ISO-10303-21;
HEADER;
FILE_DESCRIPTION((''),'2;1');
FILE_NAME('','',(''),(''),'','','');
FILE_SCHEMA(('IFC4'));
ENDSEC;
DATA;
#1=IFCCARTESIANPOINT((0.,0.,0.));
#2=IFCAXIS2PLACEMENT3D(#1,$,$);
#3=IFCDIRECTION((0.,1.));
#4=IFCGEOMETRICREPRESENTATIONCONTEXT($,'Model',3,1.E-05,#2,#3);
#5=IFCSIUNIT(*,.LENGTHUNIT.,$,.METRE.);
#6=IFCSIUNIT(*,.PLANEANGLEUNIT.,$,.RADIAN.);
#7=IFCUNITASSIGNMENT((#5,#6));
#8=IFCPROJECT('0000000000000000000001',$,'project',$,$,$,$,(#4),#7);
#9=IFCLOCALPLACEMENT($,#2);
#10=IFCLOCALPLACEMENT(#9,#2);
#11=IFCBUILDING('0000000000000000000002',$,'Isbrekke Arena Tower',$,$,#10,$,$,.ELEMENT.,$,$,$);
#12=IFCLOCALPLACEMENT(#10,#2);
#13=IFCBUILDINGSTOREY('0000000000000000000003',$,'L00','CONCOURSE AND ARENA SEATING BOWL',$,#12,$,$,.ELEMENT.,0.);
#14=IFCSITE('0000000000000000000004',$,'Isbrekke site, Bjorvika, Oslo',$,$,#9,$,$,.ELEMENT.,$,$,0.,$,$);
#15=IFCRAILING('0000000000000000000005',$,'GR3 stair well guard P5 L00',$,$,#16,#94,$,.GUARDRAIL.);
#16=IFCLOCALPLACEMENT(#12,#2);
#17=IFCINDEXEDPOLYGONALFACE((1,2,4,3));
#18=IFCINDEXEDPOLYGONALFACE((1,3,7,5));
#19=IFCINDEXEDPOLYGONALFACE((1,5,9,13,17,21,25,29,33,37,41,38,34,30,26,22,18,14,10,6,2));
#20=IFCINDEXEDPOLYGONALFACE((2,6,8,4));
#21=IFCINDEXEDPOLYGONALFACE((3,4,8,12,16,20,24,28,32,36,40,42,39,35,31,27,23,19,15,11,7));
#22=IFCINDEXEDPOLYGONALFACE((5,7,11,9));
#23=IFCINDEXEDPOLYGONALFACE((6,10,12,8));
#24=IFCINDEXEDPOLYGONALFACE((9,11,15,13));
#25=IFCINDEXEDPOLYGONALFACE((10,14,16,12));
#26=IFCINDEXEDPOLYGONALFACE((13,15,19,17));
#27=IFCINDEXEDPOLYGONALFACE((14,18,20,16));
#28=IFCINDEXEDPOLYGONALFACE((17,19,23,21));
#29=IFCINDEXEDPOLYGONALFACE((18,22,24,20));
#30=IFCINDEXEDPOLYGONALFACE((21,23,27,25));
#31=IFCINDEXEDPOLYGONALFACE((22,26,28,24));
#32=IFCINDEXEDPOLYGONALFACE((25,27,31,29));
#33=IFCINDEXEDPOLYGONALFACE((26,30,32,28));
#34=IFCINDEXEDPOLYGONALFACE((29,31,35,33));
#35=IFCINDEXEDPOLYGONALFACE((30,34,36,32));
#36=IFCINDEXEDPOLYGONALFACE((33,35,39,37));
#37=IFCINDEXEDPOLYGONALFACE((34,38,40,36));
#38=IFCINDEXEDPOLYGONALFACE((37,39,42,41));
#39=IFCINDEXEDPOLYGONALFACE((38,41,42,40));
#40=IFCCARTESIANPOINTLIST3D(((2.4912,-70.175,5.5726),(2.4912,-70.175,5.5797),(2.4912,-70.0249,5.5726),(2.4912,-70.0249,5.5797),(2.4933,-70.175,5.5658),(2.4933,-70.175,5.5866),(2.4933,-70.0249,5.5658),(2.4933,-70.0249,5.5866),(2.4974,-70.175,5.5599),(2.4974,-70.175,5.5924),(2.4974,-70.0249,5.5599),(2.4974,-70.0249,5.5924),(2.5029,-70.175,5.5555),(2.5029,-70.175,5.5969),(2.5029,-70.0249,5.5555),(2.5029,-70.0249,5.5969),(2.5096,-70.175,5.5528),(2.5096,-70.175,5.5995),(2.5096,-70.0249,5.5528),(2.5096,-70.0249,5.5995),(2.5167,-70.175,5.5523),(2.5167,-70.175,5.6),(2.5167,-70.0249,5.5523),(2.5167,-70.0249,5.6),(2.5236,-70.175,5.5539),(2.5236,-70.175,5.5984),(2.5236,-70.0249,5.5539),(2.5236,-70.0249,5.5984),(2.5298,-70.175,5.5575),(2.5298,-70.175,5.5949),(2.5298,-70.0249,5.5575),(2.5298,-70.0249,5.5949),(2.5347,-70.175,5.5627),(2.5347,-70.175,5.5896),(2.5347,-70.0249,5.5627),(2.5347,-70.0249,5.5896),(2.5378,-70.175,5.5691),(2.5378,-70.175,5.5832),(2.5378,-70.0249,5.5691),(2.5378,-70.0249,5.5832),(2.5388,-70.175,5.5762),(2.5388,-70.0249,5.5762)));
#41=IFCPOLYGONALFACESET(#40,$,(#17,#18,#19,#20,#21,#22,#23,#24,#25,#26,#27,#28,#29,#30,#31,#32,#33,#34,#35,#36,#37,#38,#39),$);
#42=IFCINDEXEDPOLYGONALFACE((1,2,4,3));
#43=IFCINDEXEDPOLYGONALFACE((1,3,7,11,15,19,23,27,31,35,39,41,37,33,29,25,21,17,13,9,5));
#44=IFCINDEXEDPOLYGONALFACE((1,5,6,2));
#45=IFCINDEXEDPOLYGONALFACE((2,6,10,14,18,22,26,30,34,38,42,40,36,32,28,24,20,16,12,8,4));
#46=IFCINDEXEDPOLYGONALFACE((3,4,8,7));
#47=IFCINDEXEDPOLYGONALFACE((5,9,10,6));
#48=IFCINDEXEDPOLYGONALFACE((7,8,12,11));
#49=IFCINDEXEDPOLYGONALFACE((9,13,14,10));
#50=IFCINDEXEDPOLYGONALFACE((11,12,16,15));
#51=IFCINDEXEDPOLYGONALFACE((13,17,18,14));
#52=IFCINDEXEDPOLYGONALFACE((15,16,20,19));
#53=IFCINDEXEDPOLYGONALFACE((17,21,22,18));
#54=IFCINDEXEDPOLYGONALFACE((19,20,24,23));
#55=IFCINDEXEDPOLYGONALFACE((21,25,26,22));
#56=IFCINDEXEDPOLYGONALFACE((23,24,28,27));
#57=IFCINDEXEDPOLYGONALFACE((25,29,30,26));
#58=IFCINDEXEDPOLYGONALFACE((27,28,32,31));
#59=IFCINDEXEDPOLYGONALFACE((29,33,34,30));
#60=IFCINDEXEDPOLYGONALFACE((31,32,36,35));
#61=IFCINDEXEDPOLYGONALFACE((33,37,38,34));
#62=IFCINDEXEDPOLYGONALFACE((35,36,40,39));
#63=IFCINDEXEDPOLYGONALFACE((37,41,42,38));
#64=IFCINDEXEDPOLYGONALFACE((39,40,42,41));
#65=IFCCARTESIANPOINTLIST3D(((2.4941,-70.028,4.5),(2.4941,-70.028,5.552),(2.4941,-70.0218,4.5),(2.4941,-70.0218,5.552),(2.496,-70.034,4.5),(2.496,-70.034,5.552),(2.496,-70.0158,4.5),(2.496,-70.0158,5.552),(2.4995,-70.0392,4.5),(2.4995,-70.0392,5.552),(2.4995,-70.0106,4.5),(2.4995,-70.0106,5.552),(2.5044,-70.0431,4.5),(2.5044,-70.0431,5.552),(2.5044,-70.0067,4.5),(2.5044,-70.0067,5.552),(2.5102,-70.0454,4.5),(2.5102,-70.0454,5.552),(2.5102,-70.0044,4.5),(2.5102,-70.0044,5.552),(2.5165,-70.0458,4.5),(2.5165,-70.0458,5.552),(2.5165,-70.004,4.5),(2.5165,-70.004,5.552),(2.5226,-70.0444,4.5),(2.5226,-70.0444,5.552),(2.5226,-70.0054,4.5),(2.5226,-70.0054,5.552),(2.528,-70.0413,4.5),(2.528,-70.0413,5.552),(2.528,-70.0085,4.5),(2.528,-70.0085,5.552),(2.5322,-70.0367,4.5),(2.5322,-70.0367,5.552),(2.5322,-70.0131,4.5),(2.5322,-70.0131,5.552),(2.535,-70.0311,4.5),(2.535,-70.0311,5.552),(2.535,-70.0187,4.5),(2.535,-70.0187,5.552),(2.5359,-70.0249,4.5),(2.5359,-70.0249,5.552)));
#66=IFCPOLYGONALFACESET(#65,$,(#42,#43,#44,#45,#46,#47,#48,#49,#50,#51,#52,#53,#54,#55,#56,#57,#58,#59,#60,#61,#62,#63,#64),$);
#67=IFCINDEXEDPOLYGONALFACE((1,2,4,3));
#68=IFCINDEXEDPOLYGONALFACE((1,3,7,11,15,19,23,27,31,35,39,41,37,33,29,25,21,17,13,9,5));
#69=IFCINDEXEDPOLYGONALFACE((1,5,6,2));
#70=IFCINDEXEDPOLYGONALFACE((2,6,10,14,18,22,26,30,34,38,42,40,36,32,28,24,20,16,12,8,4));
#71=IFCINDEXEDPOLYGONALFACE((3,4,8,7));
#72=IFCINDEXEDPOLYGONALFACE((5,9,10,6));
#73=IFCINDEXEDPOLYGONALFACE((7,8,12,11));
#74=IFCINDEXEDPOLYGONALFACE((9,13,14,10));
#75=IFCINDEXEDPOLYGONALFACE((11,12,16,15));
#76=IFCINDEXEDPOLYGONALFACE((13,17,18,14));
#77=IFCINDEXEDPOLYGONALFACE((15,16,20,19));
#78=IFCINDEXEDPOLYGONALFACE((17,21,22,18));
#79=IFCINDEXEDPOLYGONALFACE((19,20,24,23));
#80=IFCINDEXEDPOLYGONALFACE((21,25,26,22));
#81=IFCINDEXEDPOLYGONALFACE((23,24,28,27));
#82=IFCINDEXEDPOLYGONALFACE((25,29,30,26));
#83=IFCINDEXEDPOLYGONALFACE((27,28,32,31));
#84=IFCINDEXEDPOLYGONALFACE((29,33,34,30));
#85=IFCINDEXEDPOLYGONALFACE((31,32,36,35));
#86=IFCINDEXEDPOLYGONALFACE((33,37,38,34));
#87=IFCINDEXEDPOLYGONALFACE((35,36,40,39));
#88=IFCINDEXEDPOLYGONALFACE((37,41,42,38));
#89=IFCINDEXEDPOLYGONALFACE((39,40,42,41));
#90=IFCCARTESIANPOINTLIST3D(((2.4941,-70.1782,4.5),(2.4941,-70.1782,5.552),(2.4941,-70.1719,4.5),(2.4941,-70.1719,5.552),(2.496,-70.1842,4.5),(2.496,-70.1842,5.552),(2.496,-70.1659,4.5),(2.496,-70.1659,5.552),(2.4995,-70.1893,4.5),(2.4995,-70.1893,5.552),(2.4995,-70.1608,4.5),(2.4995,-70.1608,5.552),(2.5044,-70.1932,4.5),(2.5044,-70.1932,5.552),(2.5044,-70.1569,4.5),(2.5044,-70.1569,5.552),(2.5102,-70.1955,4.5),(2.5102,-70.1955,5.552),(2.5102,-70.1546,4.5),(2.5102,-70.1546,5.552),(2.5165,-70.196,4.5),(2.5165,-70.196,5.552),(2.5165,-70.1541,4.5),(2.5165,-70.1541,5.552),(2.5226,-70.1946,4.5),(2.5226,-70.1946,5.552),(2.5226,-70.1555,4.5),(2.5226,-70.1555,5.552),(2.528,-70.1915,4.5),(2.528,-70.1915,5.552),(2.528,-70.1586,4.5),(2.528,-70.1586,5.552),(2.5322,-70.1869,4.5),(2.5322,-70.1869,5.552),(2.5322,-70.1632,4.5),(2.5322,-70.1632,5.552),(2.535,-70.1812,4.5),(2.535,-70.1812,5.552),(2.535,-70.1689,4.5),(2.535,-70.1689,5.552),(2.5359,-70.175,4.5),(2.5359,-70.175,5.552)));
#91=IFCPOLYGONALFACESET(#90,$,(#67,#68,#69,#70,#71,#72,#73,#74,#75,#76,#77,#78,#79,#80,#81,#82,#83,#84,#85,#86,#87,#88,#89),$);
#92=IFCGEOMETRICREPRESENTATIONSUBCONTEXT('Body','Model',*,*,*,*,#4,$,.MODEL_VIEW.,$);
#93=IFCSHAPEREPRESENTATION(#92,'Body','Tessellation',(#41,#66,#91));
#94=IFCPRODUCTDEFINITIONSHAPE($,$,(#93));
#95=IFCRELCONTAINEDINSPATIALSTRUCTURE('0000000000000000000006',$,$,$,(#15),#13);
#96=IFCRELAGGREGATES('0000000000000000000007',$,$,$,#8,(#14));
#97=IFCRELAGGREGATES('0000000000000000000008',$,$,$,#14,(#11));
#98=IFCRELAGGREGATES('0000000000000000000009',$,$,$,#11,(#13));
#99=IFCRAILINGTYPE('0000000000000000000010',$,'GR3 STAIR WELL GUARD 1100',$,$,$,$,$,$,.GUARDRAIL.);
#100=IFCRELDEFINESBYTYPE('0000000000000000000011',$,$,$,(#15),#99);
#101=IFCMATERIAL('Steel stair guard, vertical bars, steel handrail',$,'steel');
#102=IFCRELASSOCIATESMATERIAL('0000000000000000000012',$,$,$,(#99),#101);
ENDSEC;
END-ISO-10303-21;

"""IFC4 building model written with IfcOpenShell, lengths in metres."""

from ifc_helpers import new_model, si_unit, direction, frame, origin, origin_2d, place, context, subcontext, project, spatial, circle, extrude, material, type_object, element, save


model = new_model("IFC4")

# Units and contexts
model_context = context("Model", 3, precision=1e-05, world=origin(), true_north=direction((0.0, 1.0)))
body_context = subcontext(model_context, "Body", "Model", "MODEL_VIEW")
ifc_project = project(units=[si_unit("LENGTHUNIT", "METRE"), si_unit("PLANEANGLEUNIT", "RADIAN")], contexts=[model_context])

# Site, building, storey
site_placement = place(None, origin())
site = spatial("IfcSite", under=ifc_project, at=site_placement, Name="Isbrekke site, Bjorvika, Oslo", CompositionType="ELEMENT", RefElevation=0.0)
building_placement = place(site_placement, origin())
building = spatial("IfcBuilding", under=site, at=building_placement, Name="Isbrekke Arena Tower", CompositionType="ELEMENT")
storey_placement = place(building_placement, origin())
storey = spatial("IfcBuildingStorey", under=building, at=storey_placement, Name="L00", Description="CONCOURSE AND ARENA SEATING BOWL", CompositionType="ELEMENT", Elevation=0.0)

# Railing
ifc_material_1 = material(Name="Steel stair guard, vertical bars, steel handrail", Category="steel")
railing_type = type_object("IfcRailingType", Name="GR3 STAIR WELL GUARD 1100", PredefinedType="GUARDRAIL", material=ifc_material_1)
for number, where, name in (
    (1, (2.5149, -70.0249, 4.5), "GR3 stair well guard P5 L00"),
):
    element("IfcRailing", number, at=place(storey_placement, frame(where)), inside=storey, type_object=railing_type, Name=name, PredefinedType="GUARDRAIL", context=body_context, shape_type="SweptSolid", body=[
        extrude(circle(Radius=0.0239, at=origin_2d()), frame((0.0, 0.0, 1.0762), z_axis=(0.0, -1.0, 0.0), x_axis=(1.0, 0.0, 0.0)), (0.0, 0.0, 1.0), 0.1501),
        extrude(circle(Radius=0.021, at=origin_2d()), origin(), (0.0, 0.0, 1.0), 1.052),
        extrude(circle(Radius=0.021, at=origin_2d()), frame((0.0, -0.1501, 0.0)), (0.0, 0.0, 1.0), 1.052),
    ])

save(model, "model.ifc")
